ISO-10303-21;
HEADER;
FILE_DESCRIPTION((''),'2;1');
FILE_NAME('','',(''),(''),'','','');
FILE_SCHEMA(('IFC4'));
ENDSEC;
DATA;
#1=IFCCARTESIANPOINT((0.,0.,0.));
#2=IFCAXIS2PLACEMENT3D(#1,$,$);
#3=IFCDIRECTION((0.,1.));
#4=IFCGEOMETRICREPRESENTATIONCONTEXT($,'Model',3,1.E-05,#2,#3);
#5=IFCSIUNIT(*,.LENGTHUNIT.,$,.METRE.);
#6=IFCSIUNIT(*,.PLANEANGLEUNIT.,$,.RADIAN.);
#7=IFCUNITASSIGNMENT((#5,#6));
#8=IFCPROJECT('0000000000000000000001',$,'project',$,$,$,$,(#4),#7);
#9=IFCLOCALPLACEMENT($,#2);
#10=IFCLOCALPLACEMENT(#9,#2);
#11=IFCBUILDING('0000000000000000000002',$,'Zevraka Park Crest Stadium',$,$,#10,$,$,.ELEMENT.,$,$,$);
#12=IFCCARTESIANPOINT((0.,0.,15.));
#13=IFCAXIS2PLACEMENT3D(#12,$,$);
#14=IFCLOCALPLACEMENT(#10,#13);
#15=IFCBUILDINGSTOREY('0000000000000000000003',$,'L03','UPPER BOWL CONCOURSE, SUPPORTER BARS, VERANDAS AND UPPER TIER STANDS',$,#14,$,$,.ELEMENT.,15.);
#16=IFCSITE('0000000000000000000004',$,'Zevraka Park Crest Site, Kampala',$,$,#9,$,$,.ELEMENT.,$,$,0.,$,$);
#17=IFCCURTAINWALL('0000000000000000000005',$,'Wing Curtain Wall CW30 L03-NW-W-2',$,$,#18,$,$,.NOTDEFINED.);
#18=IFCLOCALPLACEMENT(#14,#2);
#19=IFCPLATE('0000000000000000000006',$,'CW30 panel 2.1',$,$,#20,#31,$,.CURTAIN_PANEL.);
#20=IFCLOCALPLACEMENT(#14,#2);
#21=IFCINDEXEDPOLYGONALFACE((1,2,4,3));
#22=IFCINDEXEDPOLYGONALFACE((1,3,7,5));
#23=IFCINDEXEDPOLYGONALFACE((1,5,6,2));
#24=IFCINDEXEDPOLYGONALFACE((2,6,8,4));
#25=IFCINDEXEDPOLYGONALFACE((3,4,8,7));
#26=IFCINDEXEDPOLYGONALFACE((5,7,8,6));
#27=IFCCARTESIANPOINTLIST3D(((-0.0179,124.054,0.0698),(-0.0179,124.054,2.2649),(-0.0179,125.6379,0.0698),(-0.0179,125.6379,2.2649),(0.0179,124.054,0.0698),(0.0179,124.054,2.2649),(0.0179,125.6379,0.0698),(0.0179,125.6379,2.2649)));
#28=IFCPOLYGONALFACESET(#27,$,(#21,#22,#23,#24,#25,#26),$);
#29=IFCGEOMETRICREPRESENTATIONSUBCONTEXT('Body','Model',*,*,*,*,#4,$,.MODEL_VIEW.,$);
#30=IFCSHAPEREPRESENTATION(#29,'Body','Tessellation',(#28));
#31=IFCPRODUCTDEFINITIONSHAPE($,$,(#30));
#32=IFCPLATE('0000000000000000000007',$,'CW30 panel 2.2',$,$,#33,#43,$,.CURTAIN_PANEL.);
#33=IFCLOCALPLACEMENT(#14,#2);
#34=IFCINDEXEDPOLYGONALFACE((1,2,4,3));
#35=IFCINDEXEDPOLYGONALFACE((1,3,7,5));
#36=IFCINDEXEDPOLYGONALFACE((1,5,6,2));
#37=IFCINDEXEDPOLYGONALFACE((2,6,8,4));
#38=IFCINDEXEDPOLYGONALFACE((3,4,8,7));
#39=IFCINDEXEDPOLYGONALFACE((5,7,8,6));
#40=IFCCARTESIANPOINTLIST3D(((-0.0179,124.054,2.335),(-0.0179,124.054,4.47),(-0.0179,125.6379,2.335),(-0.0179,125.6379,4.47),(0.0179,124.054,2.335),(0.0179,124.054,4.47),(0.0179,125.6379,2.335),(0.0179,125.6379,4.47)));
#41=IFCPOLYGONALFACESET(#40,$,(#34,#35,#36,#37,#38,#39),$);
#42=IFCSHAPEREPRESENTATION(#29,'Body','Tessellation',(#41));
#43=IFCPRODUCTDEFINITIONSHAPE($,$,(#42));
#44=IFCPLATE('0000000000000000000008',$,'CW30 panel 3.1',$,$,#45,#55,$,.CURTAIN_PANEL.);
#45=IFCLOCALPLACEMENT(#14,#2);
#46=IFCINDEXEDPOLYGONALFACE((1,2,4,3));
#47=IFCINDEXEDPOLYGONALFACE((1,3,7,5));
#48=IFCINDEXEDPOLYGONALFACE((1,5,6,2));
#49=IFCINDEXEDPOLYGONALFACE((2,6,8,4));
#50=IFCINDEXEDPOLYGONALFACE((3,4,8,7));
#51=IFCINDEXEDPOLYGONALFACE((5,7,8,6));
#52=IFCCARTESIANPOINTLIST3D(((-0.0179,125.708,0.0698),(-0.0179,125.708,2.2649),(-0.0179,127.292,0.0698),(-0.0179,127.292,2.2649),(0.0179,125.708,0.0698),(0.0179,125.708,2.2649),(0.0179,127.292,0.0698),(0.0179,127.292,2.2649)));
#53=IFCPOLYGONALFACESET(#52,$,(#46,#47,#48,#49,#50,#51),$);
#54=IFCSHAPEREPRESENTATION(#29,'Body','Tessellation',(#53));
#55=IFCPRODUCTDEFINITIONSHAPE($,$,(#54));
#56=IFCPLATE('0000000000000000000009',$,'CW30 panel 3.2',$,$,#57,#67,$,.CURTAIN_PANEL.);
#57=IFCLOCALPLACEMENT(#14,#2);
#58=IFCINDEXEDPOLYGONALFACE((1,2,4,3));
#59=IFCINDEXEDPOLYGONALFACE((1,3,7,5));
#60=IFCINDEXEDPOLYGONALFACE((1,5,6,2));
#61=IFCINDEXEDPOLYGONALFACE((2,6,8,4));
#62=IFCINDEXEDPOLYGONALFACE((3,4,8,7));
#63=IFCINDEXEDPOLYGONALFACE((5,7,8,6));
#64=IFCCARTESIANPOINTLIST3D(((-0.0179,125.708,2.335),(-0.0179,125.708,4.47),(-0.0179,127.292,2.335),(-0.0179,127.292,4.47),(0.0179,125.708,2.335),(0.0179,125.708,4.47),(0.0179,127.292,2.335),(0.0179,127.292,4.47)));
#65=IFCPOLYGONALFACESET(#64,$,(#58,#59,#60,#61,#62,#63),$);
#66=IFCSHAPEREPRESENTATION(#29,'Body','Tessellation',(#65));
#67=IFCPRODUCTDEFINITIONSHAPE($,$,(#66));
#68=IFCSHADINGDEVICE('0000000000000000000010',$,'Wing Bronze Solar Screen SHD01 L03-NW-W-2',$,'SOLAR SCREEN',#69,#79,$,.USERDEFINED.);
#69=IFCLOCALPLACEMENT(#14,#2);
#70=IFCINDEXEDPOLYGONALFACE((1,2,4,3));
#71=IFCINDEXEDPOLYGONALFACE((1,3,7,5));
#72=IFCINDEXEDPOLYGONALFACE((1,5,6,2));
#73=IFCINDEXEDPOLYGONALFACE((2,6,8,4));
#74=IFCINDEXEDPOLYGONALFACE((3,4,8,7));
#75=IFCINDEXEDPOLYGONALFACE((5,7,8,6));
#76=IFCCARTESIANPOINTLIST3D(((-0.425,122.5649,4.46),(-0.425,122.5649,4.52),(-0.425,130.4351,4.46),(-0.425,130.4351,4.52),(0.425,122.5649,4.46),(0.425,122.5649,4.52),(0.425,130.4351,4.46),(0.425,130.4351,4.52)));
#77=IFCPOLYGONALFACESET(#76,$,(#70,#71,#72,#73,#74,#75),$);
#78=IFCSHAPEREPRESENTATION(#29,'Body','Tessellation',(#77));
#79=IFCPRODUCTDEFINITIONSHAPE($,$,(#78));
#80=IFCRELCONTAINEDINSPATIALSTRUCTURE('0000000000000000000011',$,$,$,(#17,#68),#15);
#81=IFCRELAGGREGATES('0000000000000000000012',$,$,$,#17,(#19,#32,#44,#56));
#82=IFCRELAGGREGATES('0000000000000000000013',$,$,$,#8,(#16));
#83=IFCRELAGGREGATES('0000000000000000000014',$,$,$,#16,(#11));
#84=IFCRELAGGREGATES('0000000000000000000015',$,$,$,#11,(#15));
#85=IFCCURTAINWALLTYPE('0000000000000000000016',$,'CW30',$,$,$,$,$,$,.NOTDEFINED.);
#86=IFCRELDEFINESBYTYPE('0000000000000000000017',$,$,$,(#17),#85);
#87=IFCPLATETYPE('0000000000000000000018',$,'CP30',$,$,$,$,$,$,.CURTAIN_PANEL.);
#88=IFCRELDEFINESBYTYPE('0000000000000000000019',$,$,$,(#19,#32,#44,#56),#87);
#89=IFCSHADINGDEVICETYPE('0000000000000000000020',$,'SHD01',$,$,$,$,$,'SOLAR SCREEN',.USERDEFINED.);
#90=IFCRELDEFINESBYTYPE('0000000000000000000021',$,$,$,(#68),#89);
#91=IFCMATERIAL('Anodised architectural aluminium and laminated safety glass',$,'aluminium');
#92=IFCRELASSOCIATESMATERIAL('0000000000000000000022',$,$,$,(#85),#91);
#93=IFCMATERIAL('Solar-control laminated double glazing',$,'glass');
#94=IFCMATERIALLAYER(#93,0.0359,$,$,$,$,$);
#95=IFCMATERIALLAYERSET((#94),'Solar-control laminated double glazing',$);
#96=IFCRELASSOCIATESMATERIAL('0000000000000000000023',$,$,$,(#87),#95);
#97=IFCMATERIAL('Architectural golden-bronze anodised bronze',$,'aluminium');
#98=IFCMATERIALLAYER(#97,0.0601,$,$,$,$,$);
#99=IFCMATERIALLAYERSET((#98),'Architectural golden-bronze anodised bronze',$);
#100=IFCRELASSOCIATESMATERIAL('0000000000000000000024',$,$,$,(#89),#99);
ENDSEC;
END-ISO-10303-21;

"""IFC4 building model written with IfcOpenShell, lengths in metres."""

from ifc_helpers import new_model, si_unit, direction, frame, origin, origin_2d, place, context, subcontext, project, spatial, rectangle, extrude, material, layer, layer_set, type_object, element, aggregate, save


model = new_model("IFC4")

# Units and contexts
model_context = context("Model", 3, precision=1e-05, world=origin(), true_north=direction((0.0, 1.0)))
body_context = subcontext(model_context, "Body", "Model", "MODEL_VIEW")
ifc_project = project(units=[si_unit("LENGTHUNIT", "METRE"), si_unit("PLANEANGLEUNIT", "RADIAN")], contexts=[model_context])

# Site, building, storey
site_placement = place(None, origin())
site = spatial("IfcSite", under=ifc_project, at=site_placement, Name="Zevraka Park Crest Site, Kampala", CompositionType="ELEMENT", RefElevation=0.0)
building_placement = place(site_placement, origin())
building = spatial("IfcBuilding", under=site, at=building_placement, Name="Zevraka Park Crest Stadium", CompositionType="ELEMENT")
storey_placement = place(building_placement, frame((0.0, 0.0, 15.0)))
storey = spatial("IfcBuildingStorey", under=building, at=storey_placement, Name="L03", Description="UPPER BOWL CONCOURSE, SUPPORTER BARS, VERANDAS AND UPPER TIER STANDS", CompositionType="ELEMENT", Elevation=15.0)

# Curtain wall, plates
ifc_material_1 = material(Name="Anodised architectural aluminium and laminated safety glass", Category="aluminium")
curtain_wall_type = type_object("IfcCurtainWallType", Name="CW30", PredefinedType="NOTDEFINED", material=ifc_material_1)
curtain_wall_placement = place(storey_placement, origin())
curtain_wall = element("IfcCurtainWall", 1, at=curtain_wall_placement, inside=storey, type_object=curtain_wall_type, Name="Wing Curtain Wall CW30 L03-NW-W-2", PredefinedType="NOTDEFINED")
ifc_material_2 = material(Name="Solar-control laminated double glazing", Category="glass")
ifc_layer_1 = layer(ifc_material_2, 0.0359)
ifc_layer_set_1 = layer_set([ifc_layer_1], Name="Solar-control laminated double glazing")
plate_type = type_object("IfcPlateType", Name="CP30", PredefinedType="CURTAIN_PANEL", material=ifc_layer_set_1)
plate_1_placement = place(storey_placement, frame((0.0, 124.8459, 0.0698), z_axis=(0.0, 0.0, 1.0), x_axis=(0.0, 1.0, 0.0)))
plate_1 = element("IfcPlate", 2, at=plate_1_placement, type_object=plate_type, Name="CW30 panel 2.1", PredefinedType="CURTAIN_PANEL", context=body_context, shape_type="SweptSolid", body=[
    extrude(rectangle(XDim=1.584, YDim=0.0359, at=origin_2d()), origin(), (0.0, 0.0, 1.0), 2.1951),
])
plate_2_placement = place(storey_placement, frame((0.0, 124.8459, 2.335), z_axis=(0.0, 0.0, 1.0), x_axis=(0.0, 1.0, 0.0)))
plate_2 = element("IfcPlate", 3, at=plate_2_placement, type_object=plate_type, Name="CW30 panel 2.2", PredefinedType="CURTAIN_PANEL", context=body_context, shape_type="SweptSolid", body=[
    extrude(rectangle(XDim=1.584, YDim=0.0359, at=origin_2d()), origin(), (0.0, 0.0, 1.0), 2.135),
])
plate_3_placement = place(storey_placement, frame((0.0, 126.5, 0.0698), z_axis=(0.0, 0.0, 1.0), x_axis=(0.0, 1.0, 0.0)))
plate_3 = element("IfcPlate", 4, at=plate_3_placement, type_object=plate_type, Name="CW30 panel 3.1", PredefinedType="CURTAIN_PANEL", context=body_context, shape_type="SweptSolid", body=[
    extrude(rectangle(XDim=1.584, YDim=0.0359, at=origin_2d()), origin(), (0.0, 0.0, 1.0), 2.1951),
])
plate_4_placement = place(storey_placement, frame((0.0, 126.5, 2.335), z_axis=(0.0, 0.0, 1.0), x_axis=(0.0, 1.0, 0.0)))
plate_4 = element("IfcPlate", 5, at=plate_4_placement, type_object=plate_type, Name="CW30 panel 3.2", PredefinedType="CURTAIN_PANEL", context=body_context, shape_type="SweptSolid", body=[
    extrude(rectangle(XDim=1.584, YDim=0.0359, at=origin_2d()), origin(), (0.0, 0.0, 1.0), 2.135),
])
aggregate(curtain_wall, [plate_1, plate_2, plate_3, plate_4])

# Shading device
ifc_material_3 = material(Name="Architectural golden-bronze anodised bronze", Category="aluminium")
ifc_layer_2 = layer(ifc_material_3, 0.0601)
ifc_layer_set_2 = layer_set([ifc_layer_2], Name="Architectural golden-bronze anodised bronze")
shading_device_type = type_object("IfcShadingDeviceType", Name="SHD01", ElementType="SOLAR SCREEN", PredefinedType="USERDEFINED", material=ifc_layer_set_2)
shading_device_placement = place(storey_placement, frame((0.0, 126.5, 4.46), z_axis=(0.0, 0.0, 1.0), x_axis=(0.0, 1.0, 0.0)))
element("IfcShadingDevice", 6, at=shading_device_placement, inside=storey, type_object=shading_device_type, Name="Wing Bronze Solar Screen SHD01 L03-NW-W-2", ObjectType="SOLAR SCREEN", PredefinedType="USERDEFINED", context=body_context, shape_type="SweptSolid", body=[
    extrude(rectangle(XDim=7.8701, YDim=0.8501, at=origin_2d()), origin(), (0.0, 0.0, 1.0), 0.0601),
])

save(model, "model.ifc")
